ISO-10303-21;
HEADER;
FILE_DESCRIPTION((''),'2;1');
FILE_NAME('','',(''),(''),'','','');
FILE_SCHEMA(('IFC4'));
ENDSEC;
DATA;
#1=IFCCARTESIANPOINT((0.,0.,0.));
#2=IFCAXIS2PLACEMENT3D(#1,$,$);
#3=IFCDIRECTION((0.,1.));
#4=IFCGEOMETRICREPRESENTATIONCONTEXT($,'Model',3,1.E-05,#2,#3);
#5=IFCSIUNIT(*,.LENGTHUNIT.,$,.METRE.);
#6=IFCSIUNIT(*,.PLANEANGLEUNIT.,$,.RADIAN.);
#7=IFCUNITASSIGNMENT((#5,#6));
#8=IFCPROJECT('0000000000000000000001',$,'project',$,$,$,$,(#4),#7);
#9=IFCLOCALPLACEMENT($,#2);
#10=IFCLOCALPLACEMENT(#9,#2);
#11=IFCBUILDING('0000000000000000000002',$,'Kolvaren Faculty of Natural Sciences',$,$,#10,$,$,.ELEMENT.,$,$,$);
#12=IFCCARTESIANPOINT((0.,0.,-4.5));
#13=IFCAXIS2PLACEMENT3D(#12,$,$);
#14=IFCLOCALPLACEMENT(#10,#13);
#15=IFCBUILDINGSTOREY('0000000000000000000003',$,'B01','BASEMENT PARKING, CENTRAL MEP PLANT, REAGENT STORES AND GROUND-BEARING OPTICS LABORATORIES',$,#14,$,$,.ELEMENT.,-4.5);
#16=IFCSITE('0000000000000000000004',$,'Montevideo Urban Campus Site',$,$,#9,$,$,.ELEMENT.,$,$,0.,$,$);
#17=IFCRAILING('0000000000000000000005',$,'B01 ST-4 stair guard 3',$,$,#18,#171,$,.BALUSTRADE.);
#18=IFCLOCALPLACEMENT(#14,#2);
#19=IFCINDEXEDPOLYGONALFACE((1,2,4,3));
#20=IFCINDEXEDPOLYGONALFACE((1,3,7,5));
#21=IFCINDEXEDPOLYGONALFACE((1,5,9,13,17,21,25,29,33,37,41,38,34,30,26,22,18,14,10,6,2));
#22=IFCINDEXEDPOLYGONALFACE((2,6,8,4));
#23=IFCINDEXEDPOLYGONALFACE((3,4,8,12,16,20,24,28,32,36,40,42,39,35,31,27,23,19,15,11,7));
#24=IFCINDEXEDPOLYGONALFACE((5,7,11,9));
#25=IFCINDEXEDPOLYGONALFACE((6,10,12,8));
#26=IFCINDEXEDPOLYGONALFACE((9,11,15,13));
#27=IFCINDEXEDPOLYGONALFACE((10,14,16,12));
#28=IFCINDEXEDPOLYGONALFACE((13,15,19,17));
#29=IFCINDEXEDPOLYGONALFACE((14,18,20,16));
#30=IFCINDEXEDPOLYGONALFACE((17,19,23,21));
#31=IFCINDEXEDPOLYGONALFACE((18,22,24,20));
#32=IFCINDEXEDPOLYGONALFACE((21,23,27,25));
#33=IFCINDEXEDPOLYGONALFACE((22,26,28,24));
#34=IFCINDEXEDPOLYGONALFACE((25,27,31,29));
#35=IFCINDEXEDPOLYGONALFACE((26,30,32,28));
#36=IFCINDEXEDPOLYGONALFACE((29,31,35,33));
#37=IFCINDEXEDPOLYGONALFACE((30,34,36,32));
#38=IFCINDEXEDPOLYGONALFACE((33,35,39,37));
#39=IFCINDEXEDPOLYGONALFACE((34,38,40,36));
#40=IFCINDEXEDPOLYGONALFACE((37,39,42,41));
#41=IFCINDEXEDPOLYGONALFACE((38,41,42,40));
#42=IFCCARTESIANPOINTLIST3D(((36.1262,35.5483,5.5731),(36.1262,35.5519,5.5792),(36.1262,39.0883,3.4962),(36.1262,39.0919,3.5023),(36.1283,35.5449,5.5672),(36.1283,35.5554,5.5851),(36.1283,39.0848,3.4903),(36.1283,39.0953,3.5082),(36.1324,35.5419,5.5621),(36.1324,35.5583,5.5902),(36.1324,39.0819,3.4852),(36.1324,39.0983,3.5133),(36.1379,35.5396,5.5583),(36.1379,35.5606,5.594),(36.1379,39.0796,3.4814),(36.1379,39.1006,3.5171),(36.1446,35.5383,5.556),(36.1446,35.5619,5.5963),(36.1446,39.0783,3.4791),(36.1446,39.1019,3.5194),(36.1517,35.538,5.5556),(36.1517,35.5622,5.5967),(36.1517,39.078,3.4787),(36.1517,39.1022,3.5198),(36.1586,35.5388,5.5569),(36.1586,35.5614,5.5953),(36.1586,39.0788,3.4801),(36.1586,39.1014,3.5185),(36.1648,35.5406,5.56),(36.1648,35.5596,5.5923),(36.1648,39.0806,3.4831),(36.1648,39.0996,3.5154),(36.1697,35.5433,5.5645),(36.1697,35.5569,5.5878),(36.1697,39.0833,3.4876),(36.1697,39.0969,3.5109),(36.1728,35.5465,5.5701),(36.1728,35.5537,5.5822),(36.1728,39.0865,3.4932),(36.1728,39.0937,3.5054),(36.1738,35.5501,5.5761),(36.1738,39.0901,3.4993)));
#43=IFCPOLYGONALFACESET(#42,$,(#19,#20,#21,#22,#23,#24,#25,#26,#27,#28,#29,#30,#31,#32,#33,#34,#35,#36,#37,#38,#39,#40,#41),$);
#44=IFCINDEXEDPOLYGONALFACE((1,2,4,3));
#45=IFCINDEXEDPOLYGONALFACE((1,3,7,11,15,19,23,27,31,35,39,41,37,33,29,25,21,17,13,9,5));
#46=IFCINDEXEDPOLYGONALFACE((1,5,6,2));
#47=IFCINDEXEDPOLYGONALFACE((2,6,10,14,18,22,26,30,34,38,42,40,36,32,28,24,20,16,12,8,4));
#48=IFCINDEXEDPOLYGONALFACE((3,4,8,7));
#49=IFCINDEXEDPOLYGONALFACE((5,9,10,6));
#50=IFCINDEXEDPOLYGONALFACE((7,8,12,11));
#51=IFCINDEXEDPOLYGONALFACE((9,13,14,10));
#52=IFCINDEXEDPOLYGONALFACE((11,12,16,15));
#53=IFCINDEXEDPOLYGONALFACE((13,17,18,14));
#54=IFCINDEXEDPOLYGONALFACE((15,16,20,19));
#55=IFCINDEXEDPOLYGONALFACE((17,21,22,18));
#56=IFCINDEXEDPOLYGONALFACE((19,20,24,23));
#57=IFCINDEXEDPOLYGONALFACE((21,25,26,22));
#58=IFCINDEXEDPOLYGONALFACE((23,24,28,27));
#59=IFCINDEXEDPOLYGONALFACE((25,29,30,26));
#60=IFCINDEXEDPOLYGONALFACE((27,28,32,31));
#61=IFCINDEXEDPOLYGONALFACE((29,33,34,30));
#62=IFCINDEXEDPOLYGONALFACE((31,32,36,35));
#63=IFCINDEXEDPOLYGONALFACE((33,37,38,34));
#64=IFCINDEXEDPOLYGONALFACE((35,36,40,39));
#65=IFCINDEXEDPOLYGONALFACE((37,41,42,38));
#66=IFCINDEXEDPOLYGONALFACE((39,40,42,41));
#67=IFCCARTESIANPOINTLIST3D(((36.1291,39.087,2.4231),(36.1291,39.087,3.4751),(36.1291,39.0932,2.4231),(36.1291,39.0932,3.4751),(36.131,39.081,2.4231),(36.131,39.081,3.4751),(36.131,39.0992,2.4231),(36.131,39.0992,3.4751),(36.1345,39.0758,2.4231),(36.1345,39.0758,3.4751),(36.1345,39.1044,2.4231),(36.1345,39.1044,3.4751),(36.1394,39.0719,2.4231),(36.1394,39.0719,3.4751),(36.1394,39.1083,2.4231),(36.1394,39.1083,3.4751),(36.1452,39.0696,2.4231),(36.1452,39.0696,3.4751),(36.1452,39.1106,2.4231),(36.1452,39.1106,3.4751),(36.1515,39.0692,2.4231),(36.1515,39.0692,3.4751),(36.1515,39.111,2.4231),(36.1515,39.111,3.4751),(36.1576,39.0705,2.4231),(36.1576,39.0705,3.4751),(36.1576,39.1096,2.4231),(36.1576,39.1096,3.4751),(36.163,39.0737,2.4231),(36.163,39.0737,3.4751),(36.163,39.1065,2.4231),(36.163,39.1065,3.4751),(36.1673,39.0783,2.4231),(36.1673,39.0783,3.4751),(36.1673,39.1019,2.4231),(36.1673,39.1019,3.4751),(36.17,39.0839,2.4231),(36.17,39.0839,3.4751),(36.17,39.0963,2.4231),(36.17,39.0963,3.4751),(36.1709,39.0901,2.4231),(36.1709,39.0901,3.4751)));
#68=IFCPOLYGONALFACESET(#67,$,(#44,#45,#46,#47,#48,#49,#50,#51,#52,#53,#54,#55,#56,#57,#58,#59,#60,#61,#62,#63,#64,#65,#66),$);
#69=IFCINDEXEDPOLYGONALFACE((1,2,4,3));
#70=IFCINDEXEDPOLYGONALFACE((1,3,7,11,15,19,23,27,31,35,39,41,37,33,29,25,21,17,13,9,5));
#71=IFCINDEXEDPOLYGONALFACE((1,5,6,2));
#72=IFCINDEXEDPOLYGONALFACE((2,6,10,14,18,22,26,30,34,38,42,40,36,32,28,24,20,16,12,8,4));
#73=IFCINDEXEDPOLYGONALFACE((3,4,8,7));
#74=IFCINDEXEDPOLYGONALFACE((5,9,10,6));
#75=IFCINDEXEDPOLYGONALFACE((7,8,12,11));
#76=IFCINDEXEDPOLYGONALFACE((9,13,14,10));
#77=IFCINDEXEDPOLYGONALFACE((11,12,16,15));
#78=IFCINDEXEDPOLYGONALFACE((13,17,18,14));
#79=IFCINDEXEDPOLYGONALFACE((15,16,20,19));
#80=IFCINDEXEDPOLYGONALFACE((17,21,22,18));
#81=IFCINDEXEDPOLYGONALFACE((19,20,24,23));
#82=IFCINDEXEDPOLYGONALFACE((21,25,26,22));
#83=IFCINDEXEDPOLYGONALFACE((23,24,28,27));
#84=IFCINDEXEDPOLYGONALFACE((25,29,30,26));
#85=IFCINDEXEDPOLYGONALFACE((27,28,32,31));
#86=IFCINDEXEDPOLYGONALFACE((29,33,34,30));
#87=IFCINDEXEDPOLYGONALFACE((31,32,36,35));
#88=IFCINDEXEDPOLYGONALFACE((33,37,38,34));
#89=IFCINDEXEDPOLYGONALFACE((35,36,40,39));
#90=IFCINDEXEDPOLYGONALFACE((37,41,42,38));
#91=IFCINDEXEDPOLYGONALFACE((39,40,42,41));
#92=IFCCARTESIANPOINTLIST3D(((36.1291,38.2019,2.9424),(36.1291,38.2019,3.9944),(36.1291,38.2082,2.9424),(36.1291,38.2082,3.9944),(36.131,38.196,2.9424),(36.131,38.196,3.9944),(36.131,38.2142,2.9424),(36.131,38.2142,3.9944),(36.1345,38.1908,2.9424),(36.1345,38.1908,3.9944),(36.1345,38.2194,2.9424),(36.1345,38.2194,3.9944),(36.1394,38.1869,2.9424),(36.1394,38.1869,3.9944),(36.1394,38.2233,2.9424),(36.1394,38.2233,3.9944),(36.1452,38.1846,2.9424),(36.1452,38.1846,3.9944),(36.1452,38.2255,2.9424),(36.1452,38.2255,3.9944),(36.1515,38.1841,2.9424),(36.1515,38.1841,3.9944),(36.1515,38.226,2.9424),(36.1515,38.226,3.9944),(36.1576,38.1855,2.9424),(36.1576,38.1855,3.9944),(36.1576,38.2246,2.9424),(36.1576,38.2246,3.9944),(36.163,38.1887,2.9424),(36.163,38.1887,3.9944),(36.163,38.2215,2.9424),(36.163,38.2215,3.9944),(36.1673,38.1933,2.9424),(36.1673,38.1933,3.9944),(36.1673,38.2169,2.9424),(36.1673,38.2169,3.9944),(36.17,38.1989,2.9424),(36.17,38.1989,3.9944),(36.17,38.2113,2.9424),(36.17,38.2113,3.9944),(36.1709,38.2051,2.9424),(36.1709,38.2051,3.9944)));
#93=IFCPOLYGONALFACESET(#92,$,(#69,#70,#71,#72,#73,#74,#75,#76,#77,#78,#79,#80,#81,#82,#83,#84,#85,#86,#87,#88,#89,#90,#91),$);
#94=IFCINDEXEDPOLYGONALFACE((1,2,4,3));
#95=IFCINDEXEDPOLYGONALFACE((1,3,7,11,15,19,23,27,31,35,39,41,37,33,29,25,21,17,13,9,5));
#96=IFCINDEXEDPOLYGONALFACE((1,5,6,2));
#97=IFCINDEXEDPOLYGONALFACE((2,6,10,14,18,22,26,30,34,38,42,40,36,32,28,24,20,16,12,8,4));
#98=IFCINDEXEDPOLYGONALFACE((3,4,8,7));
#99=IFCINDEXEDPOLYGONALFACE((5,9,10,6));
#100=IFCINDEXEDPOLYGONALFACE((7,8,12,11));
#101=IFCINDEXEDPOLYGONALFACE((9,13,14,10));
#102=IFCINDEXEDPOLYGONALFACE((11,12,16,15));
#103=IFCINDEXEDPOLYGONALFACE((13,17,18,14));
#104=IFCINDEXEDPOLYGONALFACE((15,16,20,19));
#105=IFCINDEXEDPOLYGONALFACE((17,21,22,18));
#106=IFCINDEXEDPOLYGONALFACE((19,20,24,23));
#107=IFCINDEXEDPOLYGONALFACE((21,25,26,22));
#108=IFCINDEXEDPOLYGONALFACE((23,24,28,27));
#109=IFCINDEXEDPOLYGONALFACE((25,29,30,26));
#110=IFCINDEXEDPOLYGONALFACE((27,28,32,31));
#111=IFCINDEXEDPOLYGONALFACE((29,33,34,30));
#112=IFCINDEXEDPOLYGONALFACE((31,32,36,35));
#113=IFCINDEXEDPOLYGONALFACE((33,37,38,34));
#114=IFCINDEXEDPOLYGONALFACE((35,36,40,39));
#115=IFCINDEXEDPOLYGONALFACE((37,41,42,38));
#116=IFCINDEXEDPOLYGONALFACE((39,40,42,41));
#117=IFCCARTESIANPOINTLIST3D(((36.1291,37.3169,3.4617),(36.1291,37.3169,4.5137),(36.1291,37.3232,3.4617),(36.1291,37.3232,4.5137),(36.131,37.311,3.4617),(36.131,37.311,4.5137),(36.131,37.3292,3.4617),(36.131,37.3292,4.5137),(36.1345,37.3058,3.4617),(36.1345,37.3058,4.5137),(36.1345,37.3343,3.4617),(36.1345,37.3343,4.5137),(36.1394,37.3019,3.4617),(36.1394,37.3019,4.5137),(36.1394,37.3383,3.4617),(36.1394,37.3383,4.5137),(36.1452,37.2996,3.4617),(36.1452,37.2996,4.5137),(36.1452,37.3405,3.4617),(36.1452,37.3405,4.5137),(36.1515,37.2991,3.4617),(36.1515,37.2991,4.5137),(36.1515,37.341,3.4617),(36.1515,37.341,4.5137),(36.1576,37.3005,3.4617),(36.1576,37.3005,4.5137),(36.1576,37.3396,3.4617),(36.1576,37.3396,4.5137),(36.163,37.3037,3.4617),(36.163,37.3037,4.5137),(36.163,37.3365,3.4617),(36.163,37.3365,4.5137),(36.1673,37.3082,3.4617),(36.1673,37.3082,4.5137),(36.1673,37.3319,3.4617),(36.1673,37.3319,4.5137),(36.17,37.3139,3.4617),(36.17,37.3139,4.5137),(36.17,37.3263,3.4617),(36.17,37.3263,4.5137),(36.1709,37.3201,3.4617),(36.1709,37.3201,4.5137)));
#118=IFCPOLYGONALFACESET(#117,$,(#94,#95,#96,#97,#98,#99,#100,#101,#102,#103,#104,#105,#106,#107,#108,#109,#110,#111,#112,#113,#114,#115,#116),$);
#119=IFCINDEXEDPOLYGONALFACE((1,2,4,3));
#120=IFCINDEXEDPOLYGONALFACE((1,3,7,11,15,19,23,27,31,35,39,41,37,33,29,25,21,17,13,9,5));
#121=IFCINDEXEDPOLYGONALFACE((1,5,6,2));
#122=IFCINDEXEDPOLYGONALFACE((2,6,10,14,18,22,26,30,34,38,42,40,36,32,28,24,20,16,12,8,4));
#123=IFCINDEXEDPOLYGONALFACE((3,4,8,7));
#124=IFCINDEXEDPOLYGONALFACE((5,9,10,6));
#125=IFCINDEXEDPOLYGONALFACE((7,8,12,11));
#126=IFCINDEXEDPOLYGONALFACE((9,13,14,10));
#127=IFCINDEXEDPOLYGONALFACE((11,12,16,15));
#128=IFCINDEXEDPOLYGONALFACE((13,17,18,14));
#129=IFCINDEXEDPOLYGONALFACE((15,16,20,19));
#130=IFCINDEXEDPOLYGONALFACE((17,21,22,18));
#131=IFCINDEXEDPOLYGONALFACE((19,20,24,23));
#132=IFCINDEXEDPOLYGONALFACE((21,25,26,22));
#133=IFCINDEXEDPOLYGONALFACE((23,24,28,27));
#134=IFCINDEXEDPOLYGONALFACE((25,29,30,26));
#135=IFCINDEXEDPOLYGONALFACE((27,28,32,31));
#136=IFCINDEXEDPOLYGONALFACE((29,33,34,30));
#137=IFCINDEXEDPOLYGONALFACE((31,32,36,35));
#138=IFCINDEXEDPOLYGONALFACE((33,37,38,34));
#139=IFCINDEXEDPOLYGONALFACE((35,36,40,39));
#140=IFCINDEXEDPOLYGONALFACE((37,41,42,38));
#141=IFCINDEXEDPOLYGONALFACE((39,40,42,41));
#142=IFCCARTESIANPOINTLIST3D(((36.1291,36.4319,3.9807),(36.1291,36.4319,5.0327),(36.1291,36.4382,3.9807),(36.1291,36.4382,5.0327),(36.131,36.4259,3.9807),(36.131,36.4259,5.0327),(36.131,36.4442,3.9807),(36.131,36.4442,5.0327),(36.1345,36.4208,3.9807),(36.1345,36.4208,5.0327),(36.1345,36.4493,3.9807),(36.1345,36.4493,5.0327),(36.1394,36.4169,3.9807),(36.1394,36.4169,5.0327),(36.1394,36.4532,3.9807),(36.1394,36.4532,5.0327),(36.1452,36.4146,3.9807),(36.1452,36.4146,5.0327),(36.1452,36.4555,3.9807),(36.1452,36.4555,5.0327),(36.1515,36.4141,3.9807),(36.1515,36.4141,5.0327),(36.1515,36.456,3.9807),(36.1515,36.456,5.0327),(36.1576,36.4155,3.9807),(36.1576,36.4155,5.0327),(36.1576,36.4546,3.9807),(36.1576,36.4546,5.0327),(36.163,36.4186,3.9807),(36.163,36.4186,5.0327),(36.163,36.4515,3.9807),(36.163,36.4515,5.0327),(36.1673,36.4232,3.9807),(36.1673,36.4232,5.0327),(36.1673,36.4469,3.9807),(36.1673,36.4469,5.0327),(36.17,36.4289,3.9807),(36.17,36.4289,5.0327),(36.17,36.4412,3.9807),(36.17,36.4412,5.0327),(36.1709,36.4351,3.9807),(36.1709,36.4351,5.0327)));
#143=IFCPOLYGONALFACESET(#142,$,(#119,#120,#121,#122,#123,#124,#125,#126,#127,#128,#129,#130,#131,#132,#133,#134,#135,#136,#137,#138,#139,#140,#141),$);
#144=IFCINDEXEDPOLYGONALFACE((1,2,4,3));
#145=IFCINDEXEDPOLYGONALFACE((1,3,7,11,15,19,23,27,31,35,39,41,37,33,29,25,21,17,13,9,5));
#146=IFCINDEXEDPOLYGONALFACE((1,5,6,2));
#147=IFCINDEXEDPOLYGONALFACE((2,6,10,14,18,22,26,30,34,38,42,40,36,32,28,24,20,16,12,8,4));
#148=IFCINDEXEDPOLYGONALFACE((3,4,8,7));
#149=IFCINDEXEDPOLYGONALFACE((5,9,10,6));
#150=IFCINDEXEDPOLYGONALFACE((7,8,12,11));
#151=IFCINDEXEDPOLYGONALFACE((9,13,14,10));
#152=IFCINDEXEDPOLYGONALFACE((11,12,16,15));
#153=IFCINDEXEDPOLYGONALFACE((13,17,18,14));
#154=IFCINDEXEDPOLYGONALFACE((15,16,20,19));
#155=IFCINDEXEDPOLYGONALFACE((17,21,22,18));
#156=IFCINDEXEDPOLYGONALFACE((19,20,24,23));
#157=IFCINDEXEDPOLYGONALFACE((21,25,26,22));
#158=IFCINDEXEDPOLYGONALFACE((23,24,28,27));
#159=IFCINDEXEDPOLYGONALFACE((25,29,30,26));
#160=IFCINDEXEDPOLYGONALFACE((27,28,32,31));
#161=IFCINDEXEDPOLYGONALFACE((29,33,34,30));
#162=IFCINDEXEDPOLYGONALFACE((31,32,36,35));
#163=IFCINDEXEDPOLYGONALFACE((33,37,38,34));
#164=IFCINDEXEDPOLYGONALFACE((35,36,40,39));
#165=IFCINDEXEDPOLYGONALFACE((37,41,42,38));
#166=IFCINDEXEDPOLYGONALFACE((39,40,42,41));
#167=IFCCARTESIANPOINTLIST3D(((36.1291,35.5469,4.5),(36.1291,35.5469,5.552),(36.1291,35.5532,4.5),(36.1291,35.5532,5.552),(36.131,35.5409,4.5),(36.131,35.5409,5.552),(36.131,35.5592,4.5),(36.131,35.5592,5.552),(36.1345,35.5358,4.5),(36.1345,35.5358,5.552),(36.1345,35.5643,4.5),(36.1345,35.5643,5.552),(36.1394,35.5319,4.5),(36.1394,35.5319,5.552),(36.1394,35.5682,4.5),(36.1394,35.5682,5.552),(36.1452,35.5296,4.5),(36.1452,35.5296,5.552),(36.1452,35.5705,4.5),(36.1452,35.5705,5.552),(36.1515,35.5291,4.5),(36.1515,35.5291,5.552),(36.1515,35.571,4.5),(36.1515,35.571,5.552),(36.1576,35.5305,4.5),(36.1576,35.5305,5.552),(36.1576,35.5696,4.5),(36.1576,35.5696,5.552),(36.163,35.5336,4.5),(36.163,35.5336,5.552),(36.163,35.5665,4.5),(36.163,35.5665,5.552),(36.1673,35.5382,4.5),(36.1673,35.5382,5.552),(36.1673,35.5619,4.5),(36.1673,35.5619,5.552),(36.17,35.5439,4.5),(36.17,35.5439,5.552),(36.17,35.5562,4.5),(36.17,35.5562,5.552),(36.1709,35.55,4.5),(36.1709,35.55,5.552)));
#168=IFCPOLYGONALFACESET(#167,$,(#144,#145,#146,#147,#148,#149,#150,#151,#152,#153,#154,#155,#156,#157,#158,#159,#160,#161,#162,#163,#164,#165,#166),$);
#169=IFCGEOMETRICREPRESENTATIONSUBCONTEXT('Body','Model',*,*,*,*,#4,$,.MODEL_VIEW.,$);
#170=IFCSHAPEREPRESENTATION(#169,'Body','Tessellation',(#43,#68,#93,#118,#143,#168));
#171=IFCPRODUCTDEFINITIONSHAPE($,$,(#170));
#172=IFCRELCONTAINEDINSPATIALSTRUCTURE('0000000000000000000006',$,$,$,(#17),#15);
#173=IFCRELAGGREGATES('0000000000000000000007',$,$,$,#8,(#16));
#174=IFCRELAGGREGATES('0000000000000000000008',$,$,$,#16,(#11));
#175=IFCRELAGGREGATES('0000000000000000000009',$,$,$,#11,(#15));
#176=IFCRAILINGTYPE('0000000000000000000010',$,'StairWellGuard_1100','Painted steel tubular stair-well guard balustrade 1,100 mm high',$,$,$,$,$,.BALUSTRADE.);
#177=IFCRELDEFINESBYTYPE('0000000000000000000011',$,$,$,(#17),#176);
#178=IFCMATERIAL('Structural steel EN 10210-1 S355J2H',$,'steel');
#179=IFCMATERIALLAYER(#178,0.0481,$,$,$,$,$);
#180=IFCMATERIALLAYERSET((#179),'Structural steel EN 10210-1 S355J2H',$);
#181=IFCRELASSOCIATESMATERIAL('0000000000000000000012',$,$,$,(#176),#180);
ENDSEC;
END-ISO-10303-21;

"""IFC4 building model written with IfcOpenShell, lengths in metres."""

from ifc_helpers import new_model, si_unit, direction, frame, origin, origin_2d, place, context, subcontext, project, spatial, circle, extrude, material, layer, layer_set, type_object, element, save


model = new_model("IFC4")

# Units and contexts
model_context = context("Model", 3, precision=1e-05, world=origin(), true_north=direction((0.0, 1.0)))
body_context = subcontext(model_context, "Body", "Model", "MODEL_VIEW")
ifc_project = project(units=[si_unit("LENGTHUNIT", "METRE"), si_unit("PLANEANGLEUNIT", "RADIAN")], contexts=[model_context])

# Site, building, storey
site_placement = place(None, origin())
site = spatial("IfcSite", under=ifc_project, at=site_placement, Name="Montevideo Urban Campus Site", CompositionType="ELEMENT", RefElevation=0.0)
building_placement = place(site_placement, origin())
building = spatial("IfcBuilding", under=site, at=building_placement, Name="Kolvaren Faculty of Natural Sciences", CompositionType="ELEMENT")
storey_placement = place(building_placement, frame((0.0, 0.0, -4.5)))
storey = spatial("IfcBuildingStorey", under=building, at=storey_placement, Name="B01", Description="BASEMENT PARKING, CENTRAL MEP PLANT, REAGENT STORES AND GROUND-BEARING OPTICS LABORATORIES", CompositionType="ELEMENT", Elevation=-4.5)

# Railing
ifc_material_1 = material(Name="Structural steel EN 10210-1 S355J2H", Category="steel")
ifc_layer_1 = layer(ifc_material_1, 0.0481)
ifc_layer_set_1 = layer_set([ifc_layer_1], Name="Structural steel EN 10210-1 S355J2H")
railing_type_1 = type_object("IfcRailingType", Name="StairWellGuard_1100", Description="Painted steel tubular stair-well guard balustrade 1,100 mm high", PredefinedType="BALUSTRADE", material=ifc_layer_set_1)
railing_1_placement = place(storey_placement, frame((36.1499, 39.0901, 2.4231)))
element("IfcRailing", 1, at=railing_1_placement, inside=storey, type_object=railing_type_1, Name="B01 ST-4 stair guard 3", PredefinedType="BALUSTRADE", context=body_context, shape_type="SweptSolid", body=[
    extrude(circle(Radius=0.0239, at=origin_2d()), frame((0.0, 0.0, 1.0762), z_axis=(0.0, -0.862516, 0.506029), x_axis=(1.0, 0.0, 0.0)), (0.0, 0.0, 1.0), 4.1042),
    extrude(circle(Radius=0.021, at=origin_2d()), origin(), (0.0, 0.0, 1.0), 1.052),
    extrude(circle(Radius=0.021, at=origin_2d()), frame((0.0, -0.885, 0.5193)), (0.0, 0.0, 1.0), 1.052),
    extrude(circle(Radius=0.021, at=origin_2d()), frame((0.0, -1.77, 1.0386)), (0.0, 0.0, 1.0), 1.052),
    extrude(circle(Radius=0.021, at=origin_2d()), frame((0.0, -2.655, 1.5576)), (0.0, 0.0, 1.0), 1.052),
    extrude(circle(Radius=0.021, at=origin_2d()), frame((0.0, -3.54, 2.0769)), (0.0, 0.0, 1.0), 1.052),
])

save(model, "model.ifc")
